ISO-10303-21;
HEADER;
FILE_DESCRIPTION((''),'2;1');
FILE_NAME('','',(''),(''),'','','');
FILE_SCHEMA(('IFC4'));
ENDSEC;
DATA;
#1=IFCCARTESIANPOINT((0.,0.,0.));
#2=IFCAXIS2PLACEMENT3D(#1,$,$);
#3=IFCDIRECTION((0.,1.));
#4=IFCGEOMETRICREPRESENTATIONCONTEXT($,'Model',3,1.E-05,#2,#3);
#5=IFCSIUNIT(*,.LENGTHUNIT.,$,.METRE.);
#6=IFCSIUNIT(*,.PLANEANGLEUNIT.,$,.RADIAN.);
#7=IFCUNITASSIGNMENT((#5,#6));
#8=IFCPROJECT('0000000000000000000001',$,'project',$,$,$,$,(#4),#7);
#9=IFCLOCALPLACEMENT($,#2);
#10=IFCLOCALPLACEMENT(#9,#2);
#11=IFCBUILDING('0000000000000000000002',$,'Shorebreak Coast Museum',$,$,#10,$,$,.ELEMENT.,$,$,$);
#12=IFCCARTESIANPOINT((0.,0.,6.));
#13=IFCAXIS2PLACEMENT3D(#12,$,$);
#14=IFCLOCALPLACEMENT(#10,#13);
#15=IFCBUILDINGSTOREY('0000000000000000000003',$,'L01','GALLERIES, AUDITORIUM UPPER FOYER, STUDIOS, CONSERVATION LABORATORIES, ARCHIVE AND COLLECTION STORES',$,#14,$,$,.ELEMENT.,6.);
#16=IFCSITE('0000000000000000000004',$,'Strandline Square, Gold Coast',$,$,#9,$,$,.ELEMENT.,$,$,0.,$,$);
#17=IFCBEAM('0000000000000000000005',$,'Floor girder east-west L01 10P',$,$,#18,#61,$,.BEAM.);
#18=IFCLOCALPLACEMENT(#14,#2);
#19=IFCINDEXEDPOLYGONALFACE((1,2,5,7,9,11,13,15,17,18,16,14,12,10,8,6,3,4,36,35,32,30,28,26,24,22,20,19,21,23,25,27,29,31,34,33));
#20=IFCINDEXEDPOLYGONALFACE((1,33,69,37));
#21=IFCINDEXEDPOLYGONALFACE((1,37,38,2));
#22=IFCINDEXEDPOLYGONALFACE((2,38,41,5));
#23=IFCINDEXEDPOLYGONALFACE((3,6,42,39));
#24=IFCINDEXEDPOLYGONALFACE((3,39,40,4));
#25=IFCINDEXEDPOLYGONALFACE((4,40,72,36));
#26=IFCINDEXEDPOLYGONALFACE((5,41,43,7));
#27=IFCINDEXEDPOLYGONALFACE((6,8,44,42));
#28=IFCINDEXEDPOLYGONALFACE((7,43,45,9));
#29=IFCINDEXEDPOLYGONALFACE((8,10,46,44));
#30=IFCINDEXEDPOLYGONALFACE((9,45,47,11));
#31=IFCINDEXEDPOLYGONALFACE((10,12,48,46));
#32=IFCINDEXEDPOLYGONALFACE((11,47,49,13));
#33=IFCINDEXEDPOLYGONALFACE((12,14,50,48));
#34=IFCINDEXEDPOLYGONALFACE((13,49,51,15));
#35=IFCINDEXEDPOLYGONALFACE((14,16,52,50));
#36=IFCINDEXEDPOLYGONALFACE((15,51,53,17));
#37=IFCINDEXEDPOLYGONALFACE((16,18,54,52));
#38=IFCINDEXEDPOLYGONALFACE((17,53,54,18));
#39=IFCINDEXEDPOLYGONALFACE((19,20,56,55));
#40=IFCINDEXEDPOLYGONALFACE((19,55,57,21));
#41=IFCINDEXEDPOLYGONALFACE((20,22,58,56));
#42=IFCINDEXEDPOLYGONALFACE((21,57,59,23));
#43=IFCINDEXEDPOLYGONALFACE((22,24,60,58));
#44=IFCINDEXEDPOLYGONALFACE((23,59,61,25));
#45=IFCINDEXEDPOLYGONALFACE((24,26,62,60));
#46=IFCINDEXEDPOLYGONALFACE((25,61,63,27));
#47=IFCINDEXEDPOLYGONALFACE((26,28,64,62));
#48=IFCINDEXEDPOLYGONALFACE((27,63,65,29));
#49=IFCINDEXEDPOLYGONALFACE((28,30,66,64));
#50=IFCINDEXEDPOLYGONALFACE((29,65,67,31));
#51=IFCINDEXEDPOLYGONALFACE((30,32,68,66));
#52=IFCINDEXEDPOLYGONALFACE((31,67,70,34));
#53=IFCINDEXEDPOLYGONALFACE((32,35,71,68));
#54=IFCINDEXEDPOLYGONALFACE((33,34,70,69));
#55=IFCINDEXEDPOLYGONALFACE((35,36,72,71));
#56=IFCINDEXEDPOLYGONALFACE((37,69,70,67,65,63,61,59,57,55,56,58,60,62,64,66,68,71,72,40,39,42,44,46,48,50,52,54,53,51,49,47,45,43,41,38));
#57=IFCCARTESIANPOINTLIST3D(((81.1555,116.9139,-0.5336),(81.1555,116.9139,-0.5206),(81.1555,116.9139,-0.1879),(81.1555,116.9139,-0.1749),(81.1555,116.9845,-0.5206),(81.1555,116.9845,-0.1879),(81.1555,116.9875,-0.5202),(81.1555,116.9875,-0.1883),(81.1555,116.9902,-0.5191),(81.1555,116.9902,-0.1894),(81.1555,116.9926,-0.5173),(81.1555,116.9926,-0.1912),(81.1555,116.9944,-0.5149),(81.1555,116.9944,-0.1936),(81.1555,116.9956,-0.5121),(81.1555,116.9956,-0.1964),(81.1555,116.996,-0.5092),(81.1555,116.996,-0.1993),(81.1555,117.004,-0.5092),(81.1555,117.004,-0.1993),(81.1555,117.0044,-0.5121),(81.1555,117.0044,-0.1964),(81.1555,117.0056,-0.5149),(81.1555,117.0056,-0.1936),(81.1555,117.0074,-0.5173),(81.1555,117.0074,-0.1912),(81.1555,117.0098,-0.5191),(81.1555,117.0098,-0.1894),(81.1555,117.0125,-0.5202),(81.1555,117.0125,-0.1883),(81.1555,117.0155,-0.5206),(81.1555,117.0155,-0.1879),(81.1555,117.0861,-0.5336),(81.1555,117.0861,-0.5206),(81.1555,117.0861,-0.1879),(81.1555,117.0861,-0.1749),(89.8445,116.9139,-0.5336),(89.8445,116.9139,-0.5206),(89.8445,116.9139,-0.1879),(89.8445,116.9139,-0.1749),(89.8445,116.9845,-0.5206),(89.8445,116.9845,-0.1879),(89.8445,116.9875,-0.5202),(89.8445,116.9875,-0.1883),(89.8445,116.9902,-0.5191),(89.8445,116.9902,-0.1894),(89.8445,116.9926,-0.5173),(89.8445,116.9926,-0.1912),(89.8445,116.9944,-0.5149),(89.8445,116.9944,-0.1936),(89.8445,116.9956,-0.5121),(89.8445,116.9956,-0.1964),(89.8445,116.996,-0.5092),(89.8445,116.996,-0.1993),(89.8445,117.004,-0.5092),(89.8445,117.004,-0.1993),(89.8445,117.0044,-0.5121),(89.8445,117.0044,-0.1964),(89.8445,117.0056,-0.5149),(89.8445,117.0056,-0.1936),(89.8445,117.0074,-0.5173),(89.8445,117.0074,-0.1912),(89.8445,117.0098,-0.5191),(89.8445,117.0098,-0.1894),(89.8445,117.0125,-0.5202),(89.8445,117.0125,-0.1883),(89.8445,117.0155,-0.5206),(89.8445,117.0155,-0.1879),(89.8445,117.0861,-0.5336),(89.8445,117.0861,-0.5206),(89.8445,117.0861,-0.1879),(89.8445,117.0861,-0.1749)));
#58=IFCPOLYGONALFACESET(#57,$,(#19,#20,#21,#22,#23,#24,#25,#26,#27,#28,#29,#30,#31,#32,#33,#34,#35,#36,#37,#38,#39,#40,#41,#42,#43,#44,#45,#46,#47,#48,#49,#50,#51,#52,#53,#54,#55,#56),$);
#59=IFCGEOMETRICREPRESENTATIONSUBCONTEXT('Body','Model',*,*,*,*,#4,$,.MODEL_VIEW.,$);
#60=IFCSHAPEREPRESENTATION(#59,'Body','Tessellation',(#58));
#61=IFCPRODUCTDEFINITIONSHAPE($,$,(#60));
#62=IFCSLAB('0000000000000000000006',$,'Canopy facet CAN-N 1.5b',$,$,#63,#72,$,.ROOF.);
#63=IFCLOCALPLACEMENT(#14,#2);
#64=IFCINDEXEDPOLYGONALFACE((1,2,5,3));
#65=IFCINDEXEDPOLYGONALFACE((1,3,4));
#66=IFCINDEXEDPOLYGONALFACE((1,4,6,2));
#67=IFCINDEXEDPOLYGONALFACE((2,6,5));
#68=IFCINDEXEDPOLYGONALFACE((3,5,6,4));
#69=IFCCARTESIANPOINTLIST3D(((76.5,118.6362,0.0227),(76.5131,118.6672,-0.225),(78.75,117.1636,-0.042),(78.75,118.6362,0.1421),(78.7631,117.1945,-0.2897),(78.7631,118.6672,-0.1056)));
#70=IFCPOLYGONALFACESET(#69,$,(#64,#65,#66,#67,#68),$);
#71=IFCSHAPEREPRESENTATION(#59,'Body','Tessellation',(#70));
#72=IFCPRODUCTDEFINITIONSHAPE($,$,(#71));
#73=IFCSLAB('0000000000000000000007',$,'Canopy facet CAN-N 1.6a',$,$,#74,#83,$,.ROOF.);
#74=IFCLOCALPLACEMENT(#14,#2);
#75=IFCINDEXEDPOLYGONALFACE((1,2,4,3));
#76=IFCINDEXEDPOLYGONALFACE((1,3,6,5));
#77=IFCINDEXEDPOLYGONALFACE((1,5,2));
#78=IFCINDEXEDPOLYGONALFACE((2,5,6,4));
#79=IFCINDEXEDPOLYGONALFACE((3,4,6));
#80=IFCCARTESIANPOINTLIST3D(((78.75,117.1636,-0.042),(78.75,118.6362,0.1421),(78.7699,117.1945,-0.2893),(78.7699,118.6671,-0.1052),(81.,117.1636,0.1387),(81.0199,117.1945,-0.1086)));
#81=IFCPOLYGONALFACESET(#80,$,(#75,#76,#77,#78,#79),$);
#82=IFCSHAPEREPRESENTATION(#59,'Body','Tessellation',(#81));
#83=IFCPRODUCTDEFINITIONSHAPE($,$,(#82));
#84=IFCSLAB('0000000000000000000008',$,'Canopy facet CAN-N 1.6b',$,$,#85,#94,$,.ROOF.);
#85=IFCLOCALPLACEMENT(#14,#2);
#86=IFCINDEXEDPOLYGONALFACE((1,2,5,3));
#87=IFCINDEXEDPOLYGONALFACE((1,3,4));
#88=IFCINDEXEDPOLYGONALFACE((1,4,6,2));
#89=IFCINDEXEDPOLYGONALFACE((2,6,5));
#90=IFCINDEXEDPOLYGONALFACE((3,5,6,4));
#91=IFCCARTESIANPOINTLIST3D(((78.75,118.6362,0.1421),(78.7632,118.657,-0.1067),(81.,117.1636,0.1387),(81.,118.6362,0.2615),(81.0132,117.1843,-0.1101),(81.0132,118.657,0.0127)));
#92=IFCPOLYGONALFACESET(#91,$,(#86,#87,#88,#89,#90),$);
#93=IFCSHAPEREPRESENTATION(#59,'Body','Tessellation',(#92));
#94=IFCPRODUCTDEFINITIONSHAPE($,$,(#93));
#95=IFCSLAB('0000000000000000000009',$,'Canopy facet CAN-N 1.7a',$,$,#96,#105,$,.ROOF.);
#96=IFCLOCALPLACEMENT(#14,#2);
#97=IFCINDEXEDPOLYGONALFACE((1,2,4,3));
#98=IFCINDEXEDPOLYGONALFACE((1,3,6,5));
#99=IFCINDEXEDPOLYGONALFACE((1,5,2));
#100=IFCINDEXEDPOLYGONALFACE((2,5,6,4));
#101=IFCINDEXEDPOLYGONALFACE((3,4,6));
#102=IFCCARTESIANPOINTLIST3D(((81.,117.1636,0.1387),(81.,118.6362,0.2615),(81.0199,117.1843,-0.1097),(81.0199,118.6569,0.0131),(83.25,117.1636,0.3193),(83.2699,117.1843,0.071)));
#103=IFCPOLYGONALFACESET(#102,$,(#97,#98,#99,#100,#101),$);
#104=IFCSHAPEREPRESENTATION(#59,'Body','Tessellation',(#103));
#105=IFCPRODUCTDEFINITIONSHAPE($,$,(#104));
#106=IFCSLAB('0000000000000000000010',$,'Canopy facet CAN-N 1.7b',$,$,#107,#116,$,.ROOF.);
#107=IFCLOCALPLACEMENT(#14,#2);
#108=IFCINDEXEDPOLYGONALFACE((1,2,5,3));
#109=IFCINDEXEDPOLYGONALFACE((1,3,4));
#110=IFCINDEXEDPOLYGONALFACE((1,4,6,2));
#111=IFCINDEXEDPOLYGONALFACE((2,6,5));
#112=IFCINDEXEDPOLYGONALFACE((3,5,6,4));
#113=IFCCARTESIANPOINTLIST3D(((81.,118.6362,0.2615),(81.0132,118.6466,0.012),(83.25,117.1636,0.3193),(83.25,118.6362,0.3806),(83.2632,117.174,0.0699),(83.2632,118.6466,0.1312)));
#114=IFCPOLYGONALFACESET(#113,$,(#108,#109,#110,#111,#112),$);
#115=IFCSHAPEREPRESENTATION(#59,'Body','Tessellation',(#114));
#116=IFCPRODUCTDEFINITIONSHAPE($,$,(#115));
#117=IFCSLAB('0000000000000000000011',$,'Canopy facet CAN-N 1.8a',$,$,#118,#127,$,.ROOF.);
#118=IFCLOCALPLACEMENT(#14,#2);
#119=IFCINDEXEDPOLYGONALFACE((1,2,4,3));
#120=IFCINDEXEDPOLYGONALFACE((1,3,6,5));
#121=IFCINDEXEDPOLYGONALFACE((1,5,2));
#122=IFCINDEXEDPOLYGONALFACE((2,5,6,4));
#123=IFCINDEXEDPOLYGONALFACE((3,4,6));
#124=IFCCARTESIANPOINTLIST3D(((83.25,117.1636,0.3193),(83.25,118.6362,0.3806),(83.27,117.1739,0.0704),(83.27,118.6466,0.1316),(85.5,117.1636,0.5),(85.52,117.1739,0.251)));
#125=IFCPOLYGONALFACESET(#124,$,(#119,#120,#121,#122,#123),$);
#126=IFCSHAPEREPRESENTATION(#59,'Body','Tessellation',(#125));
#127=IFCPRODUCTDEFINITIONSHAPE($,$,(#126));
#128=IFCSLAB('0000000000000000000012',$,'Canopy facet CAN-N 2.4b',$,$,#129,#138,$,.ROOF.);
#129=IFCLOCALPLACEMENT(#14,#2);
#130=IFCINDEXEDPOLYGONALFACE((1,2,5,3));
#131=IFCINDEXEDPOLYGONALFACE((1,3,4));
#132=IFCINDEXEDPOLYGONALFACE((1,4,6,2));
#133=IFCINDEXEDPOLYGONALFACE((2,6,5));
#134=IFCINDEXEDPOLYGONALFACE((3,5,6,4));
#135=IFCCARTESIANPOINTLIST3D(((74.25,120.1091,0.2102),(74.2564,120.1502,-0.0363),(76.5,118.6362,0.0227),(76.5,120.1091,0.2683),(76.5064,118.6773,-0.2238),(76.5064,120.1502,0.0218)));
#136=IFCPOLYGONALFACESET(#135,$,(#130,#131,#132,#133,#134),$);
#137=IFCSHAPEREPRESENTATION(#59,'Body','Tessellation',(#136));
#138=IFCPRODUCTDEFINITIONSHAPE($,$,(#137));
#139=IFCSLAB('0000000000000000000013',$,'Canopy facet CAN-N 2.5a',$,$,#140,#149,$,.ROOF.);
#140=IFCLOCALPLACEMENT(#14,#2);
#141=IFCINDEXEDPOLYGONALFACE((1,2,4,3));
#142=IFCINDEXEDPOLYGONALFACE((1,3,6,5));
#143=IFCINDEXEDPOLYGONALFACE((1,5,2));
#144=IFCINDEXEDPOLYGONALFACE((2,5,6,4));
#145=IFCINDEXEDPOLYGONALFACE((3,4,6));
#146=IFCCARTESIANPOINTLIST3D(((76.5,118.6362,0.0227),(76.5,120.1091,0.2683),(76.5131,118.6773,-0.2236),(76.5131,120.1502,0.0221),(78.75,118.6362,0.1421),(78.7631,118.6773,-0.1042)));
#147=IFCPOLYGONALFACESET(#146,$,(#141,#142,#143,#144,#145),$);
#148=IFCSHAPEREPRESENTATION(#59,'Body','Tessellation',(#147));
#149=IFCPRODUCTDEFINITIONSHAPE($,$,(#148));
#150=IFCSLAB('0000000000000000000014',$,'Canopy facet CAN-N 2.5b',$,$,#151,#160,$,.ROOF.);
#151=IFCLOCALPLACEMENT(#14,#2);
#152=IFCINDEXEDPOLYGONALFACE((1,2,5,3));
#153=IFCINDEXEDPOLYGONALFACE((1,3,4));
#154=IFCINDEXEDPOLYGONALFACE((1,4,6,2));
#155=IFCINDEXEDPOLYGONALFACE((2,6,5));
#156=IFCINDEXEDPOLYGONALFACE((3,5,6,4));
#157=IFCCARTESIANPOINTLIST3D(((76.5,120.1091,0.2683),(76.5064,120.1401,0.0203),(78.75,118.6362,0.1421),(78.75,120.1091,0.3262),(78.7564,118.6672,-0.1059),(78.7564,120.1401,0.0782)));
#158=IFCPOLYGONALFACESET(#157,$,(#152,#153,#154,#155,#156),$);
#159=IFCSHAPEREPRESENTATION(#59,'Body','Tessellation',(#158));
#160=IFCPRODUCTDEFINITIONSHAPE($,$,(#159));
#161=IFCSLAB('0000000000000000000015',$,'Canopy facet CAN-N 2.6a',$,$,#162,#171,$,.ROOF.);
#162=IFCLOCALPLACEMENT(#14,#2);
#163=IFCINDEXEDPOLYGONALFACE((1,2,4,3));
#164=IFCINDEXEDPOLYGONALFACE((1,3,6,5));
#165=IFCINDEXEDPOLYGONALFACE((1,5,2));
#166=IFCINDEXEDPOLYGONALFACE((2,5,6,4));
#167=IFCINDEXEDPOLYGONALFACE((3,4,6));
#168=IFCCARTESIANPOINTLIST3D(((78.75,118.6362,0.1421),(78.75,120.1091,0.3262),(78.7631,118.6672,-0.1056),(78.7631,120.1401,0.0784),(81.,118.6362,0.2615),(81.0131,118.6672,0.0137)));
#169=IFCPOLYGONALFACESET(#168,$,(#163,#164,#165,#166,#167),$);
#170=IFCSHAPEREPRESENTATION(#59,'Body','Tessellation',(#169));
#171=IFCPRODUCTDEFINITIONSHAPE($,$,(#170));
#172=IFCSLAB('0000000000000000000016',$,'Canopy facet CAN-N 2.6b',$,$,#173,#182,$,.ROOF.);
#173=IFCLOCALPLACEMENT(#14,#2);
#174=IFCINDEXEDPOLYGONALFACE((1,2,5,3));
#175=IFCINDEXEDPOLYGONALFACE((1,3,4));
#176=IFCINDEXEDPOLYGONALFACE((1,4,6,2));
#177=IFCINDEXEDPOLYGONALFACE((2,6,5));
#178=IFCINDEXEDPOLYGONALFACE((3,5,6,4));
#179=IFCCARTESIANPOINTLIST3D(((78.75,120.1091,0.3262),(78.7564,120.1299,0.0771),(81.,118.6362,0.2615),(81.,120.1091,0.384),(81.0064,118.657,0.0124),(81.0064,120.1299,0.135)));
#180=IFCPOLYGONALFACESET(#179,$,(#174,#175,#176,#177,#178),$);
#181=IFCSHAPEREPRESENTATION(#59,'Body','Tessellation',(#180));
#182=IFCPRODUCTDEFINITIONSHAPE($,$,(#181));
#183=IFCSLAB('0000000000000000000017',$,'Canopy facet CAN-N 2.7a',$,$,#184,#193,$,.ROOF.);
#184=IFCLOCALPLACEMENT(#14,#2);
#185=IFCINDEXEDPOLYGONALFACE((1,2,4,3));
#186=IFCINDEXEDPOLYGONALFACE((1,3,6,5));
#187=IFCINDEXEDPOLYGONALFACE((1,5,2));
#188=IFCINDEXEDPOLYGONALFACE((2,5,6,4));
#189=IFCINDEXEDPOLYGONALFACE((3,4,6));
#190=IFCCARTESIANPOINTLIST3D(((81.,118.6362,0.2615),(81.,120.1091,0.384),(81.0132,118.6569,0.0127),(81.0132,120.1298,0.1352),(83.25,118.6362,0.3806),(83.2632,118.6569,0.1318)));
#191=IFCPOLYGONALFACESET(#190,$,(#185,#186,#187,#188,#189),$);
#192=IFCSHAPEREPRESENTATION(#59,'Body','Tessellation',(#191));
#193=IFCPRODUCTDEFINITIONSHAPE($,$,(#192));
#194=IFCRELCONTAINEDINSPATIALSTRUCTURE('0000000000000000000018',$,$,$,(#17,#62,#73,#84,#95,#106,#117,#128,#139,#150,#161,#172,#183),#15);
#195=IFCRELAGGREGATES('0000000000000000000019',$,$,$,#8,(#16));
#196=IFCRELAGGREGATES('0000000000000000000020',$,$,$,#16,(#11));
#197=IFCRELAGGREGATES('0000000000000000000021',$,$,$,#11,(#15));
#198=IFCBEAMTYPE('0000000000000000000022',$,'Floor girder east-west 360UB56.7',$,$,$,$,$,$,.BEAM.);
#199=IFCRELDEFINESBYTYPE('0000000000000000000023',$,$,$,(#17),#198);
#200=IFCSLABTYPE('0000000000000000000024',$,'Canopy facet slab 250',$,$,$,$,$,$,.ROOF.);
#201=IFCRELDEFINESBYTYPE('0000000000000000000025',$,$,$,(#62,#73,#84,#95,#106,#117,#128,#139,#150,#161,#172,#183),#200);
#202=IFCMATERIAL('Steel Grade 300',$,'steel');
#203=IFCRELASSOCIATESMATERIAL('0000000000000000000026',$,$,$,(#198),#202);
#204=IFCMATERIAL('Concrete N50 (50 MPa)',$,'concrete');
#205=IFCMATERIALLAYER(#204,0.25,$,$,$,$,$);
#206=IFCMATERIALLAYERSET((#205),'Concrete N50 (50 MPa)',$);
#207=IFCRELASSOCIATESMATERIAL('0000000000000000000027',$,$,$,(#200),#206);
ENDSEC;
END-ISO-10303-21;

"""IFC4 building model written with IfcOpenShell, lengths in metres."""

from ifc_helpers import new_model, si_unit, direction, frame, origin, origin_2d, place, context, subcontext, project, spatial, polyline, i_section, outline, extrude, material, layer, layer_set, material_profile, profile_set, type_object, element, save


model = new_model("IFC4")

# Units and contexts
model_context = context("Model", 3, precision=1e-05, world=origin(), true_north=direction((0.0, 1.0)))
body_context = subcontext(model_context, "Body", "Model", "MODEL_VIEW")
ifc_project = project(units=[si_unit("LENGTHUNIT", "METRE"), si_unit("PLANEANGLEUNIT", "RADIAN")], contexts=[model_context])

# Site, building, storey
site_placement = place(None, origin())
site = spatial("IfcSite", under=ifc_project, at=site_placement, Name="Strandline Square, Gold Coast", CompositionType="ELEMENT", RefElevation=0.0)
building_placement = place(site_placement, origin())
building = spatial("IfcBuilding", under=site, at=building_placement, Name="Shorebreak Coast Museum", CompositionType="ELEMENT")
storey_placement = place(building_placement, frame((0.0, 0.0, 6.0)))
storey = spatial("IfcBuildingStorey", under=building, at=storey_placement, Name="L01", Description="GALLERIES, AUDITORIUM UPPER FOYER, STUDIOS, CONSERVATION LABORATORIES, ARCHIVE AND COLLECTION STORES", CompositionType="ELEMENT", Elevation=6.0)

# Beam
ifc_material_1 = material(Name="Steel Grade 300", Category="steel")
ifc_material_profile = material_profile(ifc_material_1, i_section(OverallWidth=0.1721, OverallDepth=0.3586, WebThickness=0.0081, FlangeThickness=0.0129, FilletRadius=0.0115, at=origin_2d()), Name="360UB56.7")
ifc_profile_set = profile_set([ifc_material_profile], Name="Steel Grade 300")
beam_type = type_object("IfcBeamType", Name="Floor girder east-west 360UB56.7", PredefinedType="BEAM", material=ifc_profile_set)
beam_placement = place(storey_placement, frame((81.1555, 117.0, -0.3542), z_axis=(1.0, 0.0, 0.0), x_axis=(0.0, 1.0, 0.0)))
element("IfcBeam", 1, at=beam_placement, inside=storey, type_object=beam_type, Name="Floor girder east-west L01 10P", PredefinedType="BEAM", context=body_context, shape_type="SweptSolid", body=[
    extrude(i_section(OverallWidth=0.1721, OverallDepth=0.3586, WebThickness=0.0081, FlangeThickness=0.0129, FilletRadius=0.0115, at=origin_2d()), origin(), (0.0, 0.0, 1.0), 8.689),
])

# Slabs
ifc_material_2 = material(Name="Concrete N50 (50 MPa)", Category="concrete")
ifc_layer = layer(ifc_material_2, 0.25)
ifc_layer_set = layer_set([ifc_layer], Name="Concrete N50 (50 MPa)")
slab_type = type_object("IfcSlabType", Name="Canopy facet slab 250", PredefinedType="ROOF", material=ifc_layer_set)
slab_1_placement = place(storey_placement, frame((78.75, 117.1636, -0.042), z_axis=(-0.052577, -0.123863, 0.990905), x_axis=(0.0, 0.992278, 0.124035)))
element("IfcSlab", 2, at=slab_1_placement, inside=storey, type_object=slab_type, Name="Canopy facet CAN-N 1.5b", PredefinedType="ROOF", context=body_context, shape_type="SweptSolid", body=[
    extrude(outline(polyline([(0.0, 0.0), (1.4841, 0.0), (1.4693, 2.2531), (0.0, 0.0)])), origin(), (0.0, 0.0, -1.0), 0.25),
])
slab_2_placement = place(storey_placement, frame((78.75, 117.1636, -0.042), z_axis=(-0.079423, -0.123643, 0.989143), x_axis=(0.996792, 0.0, 0.080038)))
element("IfcSlab", 3, at=slab_2_placement, inside=storey, type_object=slab_type, Name="Canopy facet CAN-N 1.6a", PredefinedType="ROOF", context=body_context, shape_type="SweptSolid", body=[
    extrude(outline(polyline([(0.0, 0.0), (2.2572, 0.0), (0.0147, 1.484), (0.0, 0.0)])), origin(), (0.0, 0.0, -1.0), 0.25),
])
slab_3_placement = place(storey_placement, frame((81.0, 117.1636, 0.1387), z_axis=(-0.052803, -0.082984, 0.995151), x_axis=(0.0, 0.996541, 0.0831)))
element("IfcSlab", 4, at=slab_3_placement, inside=storey, type_object=slab_type, Name="Canopy facet CAN-N 1.6b", PredefinedType="ROOF", context=body_context, shape_type="SweptSolid", body=[
    extrude(outline(polyline([(0.0, 0.0), (1.4778, 0.0), (1.4678, 2.2531), (0.0, 0.0)])), origin(), (0.0, 0.0, -1.0), 0.25),
])
slab_4_placement = place(storey_placement, frame((81.0, 117.1636, 0.1387), z_axis=(-0.079762, -0.082835, 0.993366), x_axis=(0.996792, 0.0, 0.080038)))
element("IfcSlab", 5, at=slab_4_placement, inside=storey, type_object=slab_type, Name="Canopy facet CAN-N 1.7a", PredefinedType="ROOF", context=body_context, shape_type="SweptSolid", body=[
    extrude(outline(polyline([(0.0, 0.0), (2.2572, 0.0), (0.0098, 1.4777), (0.0, 0.0)])), origin(), (0.0, 0.0, -1.0), 0.25),
])
slab_5_placement = place(storey_placement, frame((83.25, 117.1636, 0.3193), z_axis=(-0.052832, -0.041517, 0.99774), x_axis=(0.0, 0.999135, 0.041575)))
element("IfcSlab", 6, at=slab_5_placement, inside=storey, type_object=slab_type, Name="Canopy facet CAN-N 1.7b", PredefinedType="ROOF", context=body_context, shape_type="SweptSolid", body=[
    extrude(outline(polyline([(0.0, 0.0), (1.4739, 0.0), (1.469, 2.2531), (0.0, 0.0)])), origin(), (0.0, 0.0, -1.0), 0.25),
])
slab_6_placement = place(storey_placement, frame((83.25, 117.1636, 0.3193), z_axis=(-0.079969, -0.041442, 0.995936), x_axis=(0.996792, 0.0, 0.080038)))
element("IfcSlab", 7, at=slab_6_placement, inside=storey, type_object=slab_type, Name="Canopy facet CAN-N 1.8a", PredefinedType="ROOF", context=body_context, shape_type="SweptSolid", body=[
    extrude(outline(polyline([(0.0, 0.0), (2.2572, 0.0), (0.0049, 1.4739), (0.0, 0.0)])), origin(), (0.0, 0.0, -1.0), 0.25),
])
slab_7_placement = place(storey_placement, frame((76.5, 118.6362, 0.0227), z_axis=(-0.025465, -0.164425, 0.986061), x_axis=(0.0, 0.986381, 0.164479)))
element("IfcSlab", 8, at=slab_7_placement, inside=storey, type_object=slab_type, Name="Canopy facet CAN-N 2.4b", PredefinedType="ROOF", context=body_context, shape_type="SweptSolid", body=[
    extrude(outline(polyline([(0.0, 0.0), (1.4932, 0.0), (1.4837, 2.2507), (0.0, 0.0)])), origin(), (0.0, 0.0, -1.0), 0.25),
])
slab_8_placement = place(storey_placement, frame((76.5, 118.6362, 0.0227), z_axis=(-0.052266, -0.164254, 0.985032), x_axis=(0.998595, 0.0, 0.052985)))
element("IfcSlab", 9, at=slab_8_placement, inside=storey, type_object=slab_type, Name="Canopy facet CAN-N 2.5a", PredefinedType="ROOF", context=body_context, shape_type="SweptSolid", body=[
    extrude(outline(polyline([(0.0, 0.0), (2.2532, 0.0), (0.013, 1.4932), (0.0, 0.0)])), origin(), (0.0, 0.0, -1.0), 0.25),
])
slab_9_placement = place(storey_placement, frame((78.75, 118.6362, 0.1421), z_axis=(-0.025509, -0.123974, 0.991958), x_axis=(0.0, 0.99228, 0.124014)))
element("IfcSlab", 10, at=slab_9_placement, inside=storey, type_object=slab_type, Name="Canopy facet CAN-N 2.5b", PredefinedType="ROOF", context=body_context, shape_type="SweptSolid", body=[
    extrude(outline(polyline([(0.0, 0.0), (1.4844, 0.0), (1.4772, 2.2507), (0.0, 0.0)])), origin(), (0.0, 0.0, -1.0), 0.25),
])
slab_10_placement = place(storey_placement, frame((78.75, 118.6362, 0.1421), z_axis=(-0.052577, -0.123843, 0.990908), x_axis=(0.998595, 0.0, 0.052985)))
element("IfcSlab", 11, at=slab_10_placement, inside=storey, type_object=slab_type, Name="Canopy facet CAN-N 2.6a", PredefinedType="ROOF", context=body_context, shape_type="SweptSolid", body=[
    extrude(outline(polyline([(0.0, 0.0), (2.2532, 0.0), (0.0098, 1.4843), (0.0, 0.0)])), origin(), (0.0, 0.0, -1.0), 0.25),
])
slab_11_placement = place(storey_placement, frame((81.0, 118.6362, 0.2615), z_axis=(-0.025619, -0.082895, 0.996229), x_axis=(0.0, 0.996556, 0.082922)))
element("IfcSlab", 12, at=slab_11_placement, inside=storey, type_object=slab_type, Name="Canopy facet CAN-N 2.6b", PredefinedType="ROOF", context=body_context, shape_type="SweptSolid", body=[
    extrude(outline(polyline([(0.0, 0.0), (1.478, 0.0), (1.4732, 2.2507), (0.0, 0.0)])), origin(), (0.0, 0.0, -1.0), 0.25),
])
slab_12_placement = place(storey_placement, frame((81.0, 118.6362, 0.2615), z_axis=(-0.052696, -0.082807, 0.995171), x_axis=(0.998601, 0.0, 0.052877)))
element("IfcSlab", 13, at=slab_12_placement, inside=storey, type_object=slab_type, Name="Canopy facet CAN-N 2.7a", PredefinedType="ROOF", context=body_context, shape_type="SweptSolid", body=[
    extrude(outline(polyline([(0.0, 0.0), (2.2532, 0.0), (0.0065, 1.478), (0.0, 0.0)])), origin(), (0.0, 0.0, -1.0), 0.25),
])

save(model, "model.ifc")
